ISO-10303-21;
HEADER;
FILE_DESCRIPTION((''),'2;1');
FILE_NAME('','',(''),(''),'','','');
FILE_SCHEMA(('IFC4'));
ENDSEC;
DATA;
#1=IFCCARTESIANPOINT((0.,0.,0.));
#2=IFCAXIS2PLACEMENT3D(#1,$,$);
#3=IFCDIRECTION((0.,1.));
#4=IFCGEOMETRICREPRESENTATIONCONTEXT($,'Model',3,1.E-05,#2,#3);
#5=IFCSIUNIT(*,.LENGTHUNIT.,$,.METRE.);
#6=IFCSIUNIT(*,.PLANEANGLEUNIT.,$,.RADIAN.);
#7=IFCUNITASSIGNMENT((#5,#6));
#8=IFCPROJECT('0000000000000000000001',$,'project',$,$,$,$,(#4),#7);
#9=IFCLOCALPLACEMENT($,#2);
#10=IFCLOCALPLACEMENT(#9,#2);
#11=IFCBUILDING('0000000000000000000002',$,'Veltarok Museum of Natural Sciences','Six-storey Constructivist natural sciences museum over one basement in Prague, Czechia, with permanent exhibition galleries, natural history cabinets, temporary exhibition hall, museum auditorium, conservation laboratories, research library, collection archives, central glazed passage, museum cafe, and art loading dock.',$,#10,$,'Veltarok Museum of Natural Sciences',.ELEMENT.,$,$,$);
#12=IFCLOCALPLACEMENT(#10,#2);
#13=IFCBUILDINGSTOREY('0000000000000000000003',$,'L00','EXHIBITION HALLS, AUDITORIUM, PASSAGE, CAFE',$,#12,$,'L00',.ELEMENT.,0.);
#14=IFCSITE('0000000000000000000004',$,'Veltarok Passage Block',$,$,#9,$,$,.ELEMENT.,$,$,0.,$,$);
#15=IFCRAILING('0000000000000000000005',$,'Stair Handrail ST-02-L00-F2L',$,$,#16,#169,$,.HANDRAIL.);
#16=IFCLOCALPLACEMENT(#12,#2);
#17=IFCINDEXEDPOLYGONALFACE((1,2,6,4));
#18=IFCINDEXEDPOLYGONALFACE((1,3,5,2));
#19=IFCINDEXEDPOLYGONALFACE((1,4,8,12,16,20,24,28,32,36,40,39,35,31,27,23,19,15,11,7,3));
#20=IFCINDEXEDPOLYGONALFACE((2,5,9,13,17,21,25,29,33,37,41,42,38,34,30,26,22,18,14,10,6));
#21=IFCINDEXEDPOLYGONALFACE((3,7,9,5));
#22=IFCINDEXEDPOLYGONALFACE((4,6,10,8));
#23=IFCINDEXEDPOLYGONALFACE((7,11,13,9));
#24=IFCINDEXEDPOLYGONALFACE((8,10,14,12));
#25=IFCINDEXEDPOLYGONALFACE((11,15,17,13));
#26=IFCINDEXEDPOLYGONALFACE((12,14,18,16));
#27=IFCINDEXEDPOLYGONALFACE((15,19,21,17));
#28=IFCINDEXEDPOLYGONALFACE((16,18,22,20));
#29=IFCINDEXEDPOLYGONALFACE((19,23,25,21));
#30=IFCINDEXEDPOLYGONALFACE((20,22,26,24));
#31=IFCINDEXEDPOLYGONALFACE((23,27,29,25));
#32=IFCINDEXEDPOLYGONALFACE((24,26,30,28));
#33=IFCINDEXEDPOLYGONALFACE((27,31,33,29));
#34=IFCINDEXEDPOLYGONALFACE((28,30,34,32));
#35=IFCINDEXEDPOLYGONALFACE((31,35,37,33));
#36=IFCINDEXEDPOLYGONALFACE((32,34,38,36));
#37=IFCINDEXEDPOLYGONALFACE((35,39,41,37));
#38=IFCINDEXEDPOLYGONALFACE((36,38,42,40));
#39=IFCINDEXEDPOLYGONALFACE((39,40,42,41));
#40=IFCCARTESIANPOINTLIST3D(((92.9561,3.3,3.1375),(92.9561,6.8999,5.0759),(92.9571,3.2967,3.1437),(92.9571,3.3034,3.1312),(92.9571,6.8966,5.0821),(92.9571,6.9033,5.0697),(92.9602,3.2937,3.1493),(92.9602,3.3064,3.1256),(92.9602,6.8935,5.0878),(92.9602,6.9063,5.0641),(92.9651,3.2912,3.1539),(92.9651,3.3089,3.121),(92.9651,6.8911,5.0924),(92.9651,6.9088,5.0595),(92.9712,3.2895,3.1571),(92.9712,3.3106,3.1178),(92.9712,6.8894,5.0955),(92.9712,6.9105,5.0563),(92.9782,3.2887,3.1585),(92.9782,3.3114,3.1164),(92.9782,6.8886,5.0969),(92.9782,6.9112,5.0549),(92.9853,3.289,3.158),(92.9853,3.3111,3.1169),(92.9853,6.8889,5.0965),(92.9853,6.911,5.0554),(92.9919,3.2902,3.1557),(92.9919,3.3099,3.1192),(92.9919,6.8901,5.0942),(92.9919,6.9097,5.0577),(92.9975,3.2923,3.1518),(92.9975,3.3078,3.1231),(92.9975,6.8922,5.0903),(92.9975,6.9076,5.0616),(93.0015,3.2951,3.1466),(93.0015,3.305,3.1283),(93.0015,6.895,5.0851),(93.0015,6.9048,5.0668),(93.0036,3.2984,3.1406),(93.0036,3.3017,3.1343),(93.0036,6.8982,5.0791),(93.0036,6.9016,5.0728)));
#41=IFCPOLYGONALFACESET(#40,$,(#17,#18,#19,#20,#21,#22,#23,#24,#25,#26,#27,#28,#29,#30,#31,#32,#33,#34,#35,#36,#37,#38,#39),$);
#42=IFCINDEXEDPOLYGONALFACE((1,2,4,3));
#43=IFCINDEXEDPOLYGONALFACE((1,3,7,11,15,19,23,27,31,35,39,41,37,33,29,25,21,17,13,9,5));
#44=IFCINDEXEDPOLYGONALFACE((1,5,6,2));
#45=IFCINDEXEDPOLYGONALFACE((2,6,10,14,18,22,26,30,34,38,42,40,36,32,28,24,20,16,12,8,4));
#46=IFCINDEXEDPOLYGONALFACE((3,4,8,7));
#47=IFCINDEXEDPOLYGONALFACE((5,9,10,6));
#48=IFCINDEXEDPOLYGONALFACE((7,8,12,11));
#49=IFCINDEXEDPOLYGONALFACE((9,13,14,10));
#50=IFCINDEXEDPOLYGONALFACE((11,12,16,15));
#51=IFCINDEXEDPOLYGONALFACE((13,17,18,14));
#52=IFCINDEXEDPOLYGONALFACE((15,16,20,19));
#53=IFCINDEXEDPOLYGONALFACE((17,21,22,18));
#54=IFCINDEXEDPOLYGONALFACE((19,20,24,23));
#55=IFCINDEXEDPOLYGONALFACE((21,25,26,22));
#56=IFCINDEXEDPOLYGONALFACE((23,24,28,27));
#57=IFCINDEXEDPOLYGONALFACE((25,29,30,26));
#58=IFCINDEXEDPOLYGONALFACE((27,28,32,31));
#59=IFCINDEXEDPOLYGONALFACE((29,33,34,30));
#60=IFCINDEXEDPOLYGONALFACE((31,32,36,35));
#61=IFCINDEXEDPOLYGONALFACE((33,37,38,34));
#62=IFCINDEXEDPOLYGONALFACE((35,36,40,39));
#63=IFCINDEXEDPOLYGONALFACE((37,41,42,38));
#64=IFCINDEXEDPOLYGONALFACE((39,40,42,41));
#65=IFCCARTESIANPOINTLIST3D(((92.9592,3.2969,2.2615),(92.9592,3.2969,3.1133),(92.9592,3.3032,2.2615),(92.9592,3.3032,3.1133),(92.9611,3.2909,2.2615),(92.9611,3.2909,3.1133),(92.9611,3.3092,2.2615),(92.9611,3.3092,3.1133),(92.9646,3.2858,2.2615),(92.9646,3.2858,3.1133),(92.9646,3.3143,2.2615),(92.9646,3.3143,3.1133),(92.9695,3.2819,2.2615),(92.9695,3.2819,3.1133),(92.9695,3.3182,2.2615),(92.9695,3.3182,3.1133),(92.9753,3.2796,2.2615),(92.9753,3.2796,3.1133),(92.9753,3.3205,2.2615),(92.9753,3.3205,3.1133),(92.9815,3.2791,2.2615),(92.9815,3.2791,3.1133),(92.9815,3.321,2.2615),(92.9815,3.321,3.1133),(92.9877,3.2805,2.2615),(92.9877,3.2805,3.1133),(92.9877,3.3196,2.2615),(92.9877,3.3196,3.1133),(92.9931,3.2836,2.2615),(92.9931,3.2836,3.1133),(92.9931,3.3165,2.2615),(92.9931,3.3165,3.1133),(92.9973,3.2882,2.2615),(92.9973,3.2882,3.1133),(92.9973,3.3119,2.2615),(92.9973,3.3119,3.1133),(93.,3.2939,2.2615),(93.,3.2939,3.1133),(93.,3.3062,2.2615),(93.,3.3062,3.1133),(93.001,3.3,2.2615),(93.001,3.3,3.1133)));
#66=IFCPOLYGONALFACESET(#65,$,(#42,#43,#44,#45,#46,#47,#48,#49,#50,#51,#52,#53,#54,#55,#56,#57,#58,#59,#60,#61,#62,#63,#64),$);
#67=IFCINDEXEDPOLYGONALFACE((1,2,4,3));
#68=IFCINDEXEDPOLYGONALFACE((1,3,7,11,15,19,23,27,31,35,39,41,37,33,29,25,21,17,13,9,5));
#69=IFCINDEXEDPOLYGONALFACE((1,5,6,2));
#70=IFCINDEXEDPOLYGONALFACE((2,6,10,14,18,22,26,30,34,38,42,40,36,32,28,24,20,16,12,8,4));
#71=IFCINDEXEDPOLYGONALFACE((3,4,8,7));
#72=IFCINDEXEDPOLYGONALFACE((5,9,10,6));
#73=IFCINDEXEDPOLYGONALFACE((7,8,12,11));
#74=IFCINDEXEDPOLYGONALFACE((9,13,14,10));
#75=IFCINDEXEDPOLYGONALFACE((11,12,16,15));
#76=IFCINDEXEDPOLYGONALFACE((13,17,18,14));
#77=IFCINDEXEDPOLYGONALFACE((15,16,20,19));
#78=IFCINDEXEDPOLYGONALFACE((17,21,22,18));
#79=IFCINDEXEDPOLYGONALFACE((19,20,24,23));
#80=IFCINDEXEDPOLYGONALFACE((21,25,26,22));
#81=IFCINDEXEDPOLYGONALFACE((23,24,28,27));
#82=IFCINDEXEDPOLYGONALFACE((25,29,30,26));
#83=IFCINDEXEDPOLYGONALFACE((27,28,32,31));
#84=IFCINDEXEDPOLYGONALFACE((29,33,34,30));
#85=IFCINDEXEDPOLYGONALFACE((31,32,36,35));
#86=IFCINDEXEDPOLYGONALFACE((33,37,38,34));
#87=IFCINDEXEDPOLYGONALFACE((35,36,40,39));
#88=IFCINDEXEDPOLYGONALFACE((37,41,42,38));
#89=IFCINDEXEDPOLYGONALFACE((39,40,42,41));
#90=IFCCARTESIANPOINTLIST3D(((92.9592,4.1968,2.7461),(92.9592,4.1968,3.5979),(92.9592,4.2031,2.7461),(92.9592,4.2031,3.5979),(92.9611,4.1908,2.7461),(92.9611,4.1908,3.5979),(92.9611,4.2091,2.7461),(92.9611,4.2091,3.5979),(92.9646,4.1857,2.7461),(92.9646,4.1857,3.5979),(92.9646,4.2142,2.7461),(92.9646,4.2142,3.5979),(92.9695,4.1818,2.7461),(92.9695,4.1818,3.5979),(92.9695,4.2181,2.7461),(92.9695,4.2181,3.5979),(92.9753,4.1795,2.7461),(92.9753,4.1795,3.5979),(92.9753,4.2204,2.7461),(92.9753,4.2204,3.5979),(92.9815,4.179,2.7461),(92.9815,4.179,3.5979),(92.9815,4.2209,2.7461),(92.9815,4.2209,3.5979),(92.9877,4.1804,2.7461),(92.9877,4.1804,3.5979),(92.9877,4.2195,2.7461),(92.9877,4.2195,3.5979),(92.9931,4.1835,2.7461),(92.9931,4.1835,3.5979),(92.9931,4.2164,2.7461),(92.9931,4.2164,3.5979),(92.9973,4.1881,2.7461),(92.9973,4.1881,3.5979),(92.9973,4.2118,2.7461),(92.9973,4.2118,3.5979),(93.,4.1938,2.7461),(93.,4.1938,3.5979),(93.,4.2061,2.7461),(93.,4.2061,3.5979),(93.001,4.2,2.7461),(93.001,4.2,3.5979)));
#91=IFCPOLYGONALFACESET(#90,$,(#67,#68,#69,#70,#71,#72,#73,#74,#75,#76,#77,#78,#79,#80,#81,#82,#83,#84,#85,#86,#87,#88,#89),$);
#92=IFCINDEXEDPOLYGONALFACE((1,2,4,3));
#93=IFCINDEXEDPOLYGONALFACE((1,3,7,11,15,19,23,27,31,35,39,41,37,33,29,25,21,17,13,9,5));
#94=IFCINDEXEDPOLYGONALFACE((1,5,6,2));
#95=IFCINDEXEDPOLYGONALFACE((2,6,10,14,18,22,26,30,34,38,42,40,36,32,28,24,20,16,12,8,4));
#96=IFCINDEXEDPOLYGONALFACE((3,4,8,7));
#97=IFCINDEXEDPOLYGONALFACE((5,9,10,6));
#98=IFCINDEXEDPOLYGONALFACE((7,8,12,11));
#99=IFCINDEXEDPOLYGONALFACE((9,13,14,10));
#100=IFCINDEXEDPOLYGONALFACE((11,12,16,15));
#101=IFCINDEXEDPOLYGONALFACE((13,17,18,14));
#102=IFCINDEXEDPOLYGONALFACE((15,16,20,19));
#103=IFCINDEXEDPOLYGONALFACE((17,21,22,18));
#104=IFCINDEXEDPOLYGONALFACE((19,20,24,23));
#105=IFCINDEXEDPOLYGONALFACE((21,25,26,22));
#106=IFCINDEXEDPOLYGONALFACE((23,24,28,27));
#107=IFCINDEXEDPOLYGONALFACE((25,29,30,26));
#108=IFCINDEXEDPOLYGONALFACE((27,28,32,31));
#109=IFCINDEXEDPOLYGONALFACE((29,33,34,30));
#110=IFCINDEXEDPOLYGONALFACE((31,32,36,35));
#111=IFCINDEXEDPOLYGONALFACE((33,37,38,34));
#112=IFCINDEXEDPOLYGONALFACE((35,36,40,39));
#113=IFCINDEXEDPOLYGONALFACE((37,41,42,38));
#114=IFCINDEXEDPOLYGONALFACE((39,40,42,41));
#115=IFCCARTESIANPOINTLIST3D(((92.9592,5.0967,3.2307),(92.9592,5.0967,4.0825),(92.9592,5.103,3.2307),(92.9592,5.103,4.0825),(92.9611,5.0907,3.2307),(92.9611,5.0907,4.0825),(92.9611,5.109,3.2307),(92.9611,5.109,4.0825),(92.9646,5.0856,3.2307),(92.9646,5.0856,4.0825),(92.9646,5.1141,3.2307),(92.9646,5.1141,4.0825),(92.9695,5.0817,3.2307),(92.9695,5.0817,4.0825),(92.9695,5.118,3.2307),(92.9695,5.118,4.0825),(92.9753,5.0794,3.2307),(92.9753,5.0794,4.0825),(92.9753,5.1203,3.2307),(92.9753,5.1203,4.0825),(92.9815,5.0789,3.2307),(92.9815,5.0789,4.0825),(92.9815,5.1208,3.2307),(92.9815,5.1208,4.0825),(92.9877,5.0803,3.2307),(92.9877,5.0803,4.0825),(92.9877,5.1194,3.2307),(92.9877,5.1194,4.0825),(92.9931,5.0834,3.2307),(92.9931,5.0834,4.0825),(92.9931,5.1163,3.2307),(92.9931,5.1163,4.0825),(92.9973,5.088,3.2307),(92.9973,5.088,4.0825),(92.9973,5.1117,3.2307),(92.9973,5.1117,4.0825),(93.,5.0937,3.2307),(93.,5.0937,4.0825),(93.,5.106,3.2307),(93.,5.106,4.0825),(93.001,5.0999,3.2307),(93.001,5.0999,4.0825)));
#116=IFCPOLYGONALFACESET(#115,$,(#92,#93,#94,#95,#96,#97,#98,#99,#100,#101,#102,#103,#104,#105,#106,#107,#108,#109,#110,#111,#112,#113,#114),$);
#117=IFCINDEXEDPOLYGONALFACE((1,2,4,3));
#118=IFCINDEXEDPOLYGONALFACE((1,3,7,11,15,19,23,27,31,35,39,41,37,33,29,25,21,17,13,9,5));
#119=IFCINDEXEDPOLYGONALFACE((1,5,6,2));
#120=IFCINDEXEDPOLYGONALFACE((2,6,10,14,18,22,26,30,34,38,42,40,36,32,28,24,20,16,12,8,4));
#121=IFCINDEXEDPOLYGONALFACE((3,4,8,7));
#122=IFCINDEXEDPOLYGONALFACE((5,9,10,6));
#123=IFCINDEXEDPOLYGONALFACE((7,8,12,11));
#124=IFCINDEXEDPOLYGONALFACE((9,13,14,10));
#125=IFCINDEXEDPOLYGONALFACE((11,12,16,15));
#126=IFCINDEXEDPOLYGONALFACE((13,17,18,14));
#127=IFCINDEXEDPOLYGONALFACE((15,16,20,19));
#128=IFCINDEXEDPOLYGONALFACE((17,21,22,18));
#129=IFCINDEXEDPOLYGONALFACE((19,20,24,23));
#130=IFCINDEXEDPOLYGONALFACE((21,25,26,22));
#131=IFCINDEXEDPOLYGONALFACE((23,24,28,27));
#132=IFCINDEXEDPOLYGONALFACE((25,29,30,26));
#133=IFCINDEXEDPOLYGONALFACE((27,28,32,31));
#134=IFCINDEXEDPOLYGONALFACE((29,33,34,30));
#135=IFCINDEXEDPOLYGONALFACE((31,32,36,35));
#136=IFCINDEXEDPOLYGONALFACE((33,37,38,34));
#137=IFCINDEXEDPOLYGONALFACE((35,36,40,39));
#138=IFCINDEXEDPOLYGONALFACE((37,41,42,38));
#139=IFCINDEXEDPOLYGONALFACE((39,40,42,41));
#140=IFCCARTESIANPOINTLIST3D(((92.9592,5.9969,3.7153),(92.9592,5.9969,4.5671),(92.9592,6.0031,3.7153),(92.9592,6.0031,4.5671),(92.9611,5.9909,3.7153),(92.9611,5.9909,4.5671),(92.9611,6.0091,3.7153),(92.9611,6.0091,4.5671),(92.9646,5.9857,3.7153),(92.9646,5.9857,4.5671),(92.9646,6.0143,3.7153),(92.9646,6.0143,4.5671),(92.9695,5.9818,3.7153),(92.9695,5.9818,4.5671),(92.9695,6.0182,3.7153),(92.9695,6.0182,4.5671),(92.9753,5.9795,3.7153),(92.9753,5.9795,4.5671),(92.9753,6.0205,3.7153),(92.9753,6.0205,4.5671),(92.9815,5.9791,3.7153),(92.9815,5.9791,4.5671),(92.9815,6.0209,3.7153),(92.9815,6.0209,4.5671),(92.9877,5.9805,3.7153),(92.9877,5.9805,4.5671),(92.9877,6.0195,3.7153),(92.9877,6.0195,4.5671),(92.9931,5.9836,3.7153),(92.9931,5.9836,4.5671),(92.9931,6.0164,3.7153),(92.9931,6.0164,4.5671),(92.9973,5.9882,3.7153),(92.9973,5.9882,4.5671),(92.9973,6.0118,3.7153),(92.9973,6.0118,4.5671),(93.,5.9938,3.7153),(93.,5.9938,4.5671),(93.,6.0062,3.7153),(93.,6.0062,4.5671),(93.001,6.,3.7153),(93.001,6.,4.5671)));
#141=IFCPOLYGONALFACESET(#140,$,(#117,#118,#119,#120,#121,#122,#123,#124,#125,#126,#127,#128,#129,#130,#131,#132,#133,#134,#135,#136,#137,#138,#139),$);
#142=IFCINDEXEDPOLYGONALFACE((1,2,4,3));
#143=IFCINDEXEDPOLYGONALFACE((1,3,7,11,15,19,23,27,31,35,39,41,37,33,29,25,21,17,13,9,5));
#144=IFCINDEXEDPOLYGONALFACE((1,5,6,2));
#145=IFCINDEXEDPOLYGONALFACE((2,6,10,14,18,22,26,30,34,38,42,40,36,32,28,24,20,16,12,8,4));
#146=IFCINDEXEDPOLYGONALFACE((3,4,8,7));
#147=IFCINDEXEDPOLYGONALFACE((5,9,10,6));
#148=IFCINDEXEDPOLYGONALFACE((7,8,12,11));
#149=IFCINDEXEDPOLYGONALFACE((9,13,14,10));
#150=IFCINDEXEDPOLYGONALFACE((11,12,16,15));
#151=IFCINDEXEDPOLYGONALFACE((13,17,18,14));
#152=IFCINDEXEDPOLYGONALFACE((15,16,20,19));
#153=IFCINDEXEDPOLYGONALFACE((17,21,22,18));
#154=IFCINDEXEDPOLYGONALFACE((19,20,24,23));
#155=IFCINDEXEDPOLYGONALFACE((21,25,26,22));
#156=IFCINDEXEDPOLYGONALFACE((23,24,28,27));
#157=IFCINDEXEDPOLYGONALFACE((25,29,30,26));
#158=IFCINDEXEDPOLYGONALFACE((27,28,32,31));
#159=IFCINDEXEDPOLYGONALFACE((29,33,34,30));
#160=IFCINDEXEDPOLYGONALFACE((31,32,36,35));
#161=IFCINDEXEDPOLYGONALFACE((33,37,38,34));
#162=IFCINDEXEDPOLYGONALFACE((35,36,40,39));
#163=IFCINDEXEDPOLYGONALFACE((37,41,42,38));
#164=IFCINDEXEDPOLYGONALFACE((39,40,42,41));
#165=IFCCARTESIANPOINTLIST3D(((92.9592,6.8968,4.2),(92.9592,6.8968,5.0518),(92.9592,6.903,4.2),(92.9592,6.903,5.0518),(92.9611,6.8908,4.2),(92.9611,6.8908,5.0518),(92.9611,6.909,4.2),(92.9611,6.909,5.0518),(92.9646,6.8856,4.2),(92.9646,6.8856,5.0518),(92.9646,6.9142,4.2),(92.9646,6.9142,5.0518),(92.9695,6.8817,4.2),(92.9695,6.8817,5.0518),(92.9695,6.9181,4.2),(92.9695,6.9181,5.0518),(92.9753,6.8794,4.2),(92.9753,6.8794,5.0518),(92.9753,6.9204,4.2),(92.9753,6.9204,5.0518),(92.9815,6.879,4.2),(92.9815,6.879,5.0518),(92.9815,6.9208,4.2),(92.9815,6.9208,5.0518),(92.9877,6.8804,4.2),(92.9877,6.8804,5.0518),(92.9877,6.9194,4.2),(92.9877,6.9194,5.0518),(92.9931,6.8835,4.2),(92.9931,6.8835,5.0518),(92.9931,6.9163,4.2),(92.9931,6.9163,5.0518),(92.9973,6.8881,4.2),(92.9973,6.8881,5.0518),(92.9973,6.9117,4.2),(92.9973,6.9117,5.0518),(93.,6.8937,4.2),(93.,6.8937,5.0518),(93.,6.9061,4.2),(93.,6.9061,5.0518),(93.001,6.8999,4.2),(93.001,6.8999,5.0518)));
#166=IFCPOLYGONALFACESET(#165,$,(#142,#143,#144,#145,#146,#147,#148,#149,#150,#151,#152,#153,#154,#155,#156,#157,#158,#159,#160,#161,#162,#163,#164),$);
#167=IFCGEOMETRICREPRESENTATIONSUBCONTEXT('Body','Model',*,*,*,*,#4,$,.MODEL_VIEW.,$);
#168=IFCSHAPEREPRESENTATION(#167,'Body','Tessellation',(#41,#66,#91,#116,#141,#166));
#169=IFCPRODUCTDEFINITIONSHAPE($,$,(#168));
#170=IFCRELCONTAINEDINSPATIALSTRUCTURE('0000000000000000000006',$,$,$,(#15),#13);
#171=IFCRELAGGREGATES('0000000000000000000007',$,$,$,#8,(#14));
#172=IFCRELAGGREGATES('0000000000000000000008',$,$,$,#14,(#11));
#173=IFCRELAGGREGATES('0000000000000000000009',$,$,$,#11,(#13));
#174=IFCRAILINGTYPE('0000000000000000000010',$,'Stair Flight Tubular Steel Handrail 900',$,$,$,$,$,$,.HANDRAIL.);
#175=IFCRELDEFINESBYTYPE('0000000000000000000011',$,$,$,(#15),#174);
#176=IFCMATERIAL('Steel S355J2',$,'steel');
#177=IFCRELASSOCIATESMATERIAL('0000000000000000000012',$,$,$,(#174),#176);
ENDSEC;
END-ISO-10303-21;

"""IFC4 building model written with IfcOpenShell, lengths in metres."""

from ifc_helpers import new_model, si_unit, direction, frame, origin, origin_2d, place, context, subcontext, project, spatial, circle, extrude, material, type_object, element, save


model = new_model("IFC4")

# Units and contexts
model_context = context("Model", 3, precision=1e-05, world=origin(), true_north=direction((0.0, 1.0)))
body_context = subcontext(model_context, "Body", "Model", "MODEL_VIEW")
ifc_project = project(units=[si_unit("LENGTHUNIT", "METRE"), si_unit("PLANEANGLEUNIT", "RADIAN")], contexts=[model_context])

# Site, building, storey
site_placement = place(None, origin())
site = spatial("IfcSite", under=ifc_project, at=site_placement, Name="Veltarok Passage Block", CompositionType="ELEMENT", RefElevation=0.0)
building_placement = place(site_placement, origin())
building = spatial("IfcBuilding", under=site, at=building_placement, Name="Veltarok Museum of Natural Sciences", Description="Six-storey Constructivist natural sciences museum over one basement in Prague, Czechia, with permanent exhibition galleries, natural history cabinets, temporary exhibition hall, museum auditorium, conservation laboratories, research library, collection archives, central glazed passage, museum cafe, and art loading dock.", LongName="Veltarok Museum of Natural Sciences", CompositionType="ELEMENT")
storey_placement = place(building_placement, origin())
storey = spatial("IfcBuildingStorey", under=building, at=storey_placement, Name="L00", Description="EXHIBITION HALLS, AUDITORIUM, PASSAGE, CAFE", LongName="L00", CompositionType="ELEMENT", Elevation=0.0)

# Railing
ifc_material_1 = material(Name="Steel S355J2", Category="steel")
railing_type_1 = type_object("IfcRailingType", Name="Stair Flight Tubular Steel Handrail 900", PredefinedType="HANDRAIL", material=ifc_material_1)
for number, where, name in (
    (1, (92.98, 3.3, 2.2615), "Stair Handrail ST-02-L00-F2L"),
):
    element("IfcRailing", number, at=place(storey_placement, frame(where)), inside=storey, type_object=railing_type_1, Name=name, PredefinedType="HANDRAIL", context=body_context, shape_type="SweptSolid", body=[
        extrude(circle(Radius=0.0239, at=origin_2d()), frame((0.0, 0.0, 0.876), z_axis=(0.0, 0.880462, 0.474118), x_axis=(-1.0, 0.0, 0.0)), (0.0, 0.0, 1.0), 4.0886),
        extrude(circle(Radius=0.021, at=origin_2d()), origin(), (0.0, 0.0, 1.0), 0.8518),
        extrude(circle(Radius=0.021, at=origin_2d()), frame((0.0, 0.8999, 0.4846)), (0.0, 0.0, 1.0), 0.8518),
        extrude(circle(Radius=0.021, at=origin_2d()), frame((0.0, 1.7998, 0.9692)), (0.0, 0.0, 1.0), 0.8518),
        extrude(circle(Radius=0.021, at=origin_2d()), frame((0.0, 2.7, 1.4539)), (0.0, 0.0, 1.0), 0.8518),
        extrude(circle(Radius=0.021, at=origin_2d()), frame((0.0, 3.5999, 1.9385)), (0.0, 0.0, 1.0), 0.8518),
    ])

save(model, "model.ifc")
